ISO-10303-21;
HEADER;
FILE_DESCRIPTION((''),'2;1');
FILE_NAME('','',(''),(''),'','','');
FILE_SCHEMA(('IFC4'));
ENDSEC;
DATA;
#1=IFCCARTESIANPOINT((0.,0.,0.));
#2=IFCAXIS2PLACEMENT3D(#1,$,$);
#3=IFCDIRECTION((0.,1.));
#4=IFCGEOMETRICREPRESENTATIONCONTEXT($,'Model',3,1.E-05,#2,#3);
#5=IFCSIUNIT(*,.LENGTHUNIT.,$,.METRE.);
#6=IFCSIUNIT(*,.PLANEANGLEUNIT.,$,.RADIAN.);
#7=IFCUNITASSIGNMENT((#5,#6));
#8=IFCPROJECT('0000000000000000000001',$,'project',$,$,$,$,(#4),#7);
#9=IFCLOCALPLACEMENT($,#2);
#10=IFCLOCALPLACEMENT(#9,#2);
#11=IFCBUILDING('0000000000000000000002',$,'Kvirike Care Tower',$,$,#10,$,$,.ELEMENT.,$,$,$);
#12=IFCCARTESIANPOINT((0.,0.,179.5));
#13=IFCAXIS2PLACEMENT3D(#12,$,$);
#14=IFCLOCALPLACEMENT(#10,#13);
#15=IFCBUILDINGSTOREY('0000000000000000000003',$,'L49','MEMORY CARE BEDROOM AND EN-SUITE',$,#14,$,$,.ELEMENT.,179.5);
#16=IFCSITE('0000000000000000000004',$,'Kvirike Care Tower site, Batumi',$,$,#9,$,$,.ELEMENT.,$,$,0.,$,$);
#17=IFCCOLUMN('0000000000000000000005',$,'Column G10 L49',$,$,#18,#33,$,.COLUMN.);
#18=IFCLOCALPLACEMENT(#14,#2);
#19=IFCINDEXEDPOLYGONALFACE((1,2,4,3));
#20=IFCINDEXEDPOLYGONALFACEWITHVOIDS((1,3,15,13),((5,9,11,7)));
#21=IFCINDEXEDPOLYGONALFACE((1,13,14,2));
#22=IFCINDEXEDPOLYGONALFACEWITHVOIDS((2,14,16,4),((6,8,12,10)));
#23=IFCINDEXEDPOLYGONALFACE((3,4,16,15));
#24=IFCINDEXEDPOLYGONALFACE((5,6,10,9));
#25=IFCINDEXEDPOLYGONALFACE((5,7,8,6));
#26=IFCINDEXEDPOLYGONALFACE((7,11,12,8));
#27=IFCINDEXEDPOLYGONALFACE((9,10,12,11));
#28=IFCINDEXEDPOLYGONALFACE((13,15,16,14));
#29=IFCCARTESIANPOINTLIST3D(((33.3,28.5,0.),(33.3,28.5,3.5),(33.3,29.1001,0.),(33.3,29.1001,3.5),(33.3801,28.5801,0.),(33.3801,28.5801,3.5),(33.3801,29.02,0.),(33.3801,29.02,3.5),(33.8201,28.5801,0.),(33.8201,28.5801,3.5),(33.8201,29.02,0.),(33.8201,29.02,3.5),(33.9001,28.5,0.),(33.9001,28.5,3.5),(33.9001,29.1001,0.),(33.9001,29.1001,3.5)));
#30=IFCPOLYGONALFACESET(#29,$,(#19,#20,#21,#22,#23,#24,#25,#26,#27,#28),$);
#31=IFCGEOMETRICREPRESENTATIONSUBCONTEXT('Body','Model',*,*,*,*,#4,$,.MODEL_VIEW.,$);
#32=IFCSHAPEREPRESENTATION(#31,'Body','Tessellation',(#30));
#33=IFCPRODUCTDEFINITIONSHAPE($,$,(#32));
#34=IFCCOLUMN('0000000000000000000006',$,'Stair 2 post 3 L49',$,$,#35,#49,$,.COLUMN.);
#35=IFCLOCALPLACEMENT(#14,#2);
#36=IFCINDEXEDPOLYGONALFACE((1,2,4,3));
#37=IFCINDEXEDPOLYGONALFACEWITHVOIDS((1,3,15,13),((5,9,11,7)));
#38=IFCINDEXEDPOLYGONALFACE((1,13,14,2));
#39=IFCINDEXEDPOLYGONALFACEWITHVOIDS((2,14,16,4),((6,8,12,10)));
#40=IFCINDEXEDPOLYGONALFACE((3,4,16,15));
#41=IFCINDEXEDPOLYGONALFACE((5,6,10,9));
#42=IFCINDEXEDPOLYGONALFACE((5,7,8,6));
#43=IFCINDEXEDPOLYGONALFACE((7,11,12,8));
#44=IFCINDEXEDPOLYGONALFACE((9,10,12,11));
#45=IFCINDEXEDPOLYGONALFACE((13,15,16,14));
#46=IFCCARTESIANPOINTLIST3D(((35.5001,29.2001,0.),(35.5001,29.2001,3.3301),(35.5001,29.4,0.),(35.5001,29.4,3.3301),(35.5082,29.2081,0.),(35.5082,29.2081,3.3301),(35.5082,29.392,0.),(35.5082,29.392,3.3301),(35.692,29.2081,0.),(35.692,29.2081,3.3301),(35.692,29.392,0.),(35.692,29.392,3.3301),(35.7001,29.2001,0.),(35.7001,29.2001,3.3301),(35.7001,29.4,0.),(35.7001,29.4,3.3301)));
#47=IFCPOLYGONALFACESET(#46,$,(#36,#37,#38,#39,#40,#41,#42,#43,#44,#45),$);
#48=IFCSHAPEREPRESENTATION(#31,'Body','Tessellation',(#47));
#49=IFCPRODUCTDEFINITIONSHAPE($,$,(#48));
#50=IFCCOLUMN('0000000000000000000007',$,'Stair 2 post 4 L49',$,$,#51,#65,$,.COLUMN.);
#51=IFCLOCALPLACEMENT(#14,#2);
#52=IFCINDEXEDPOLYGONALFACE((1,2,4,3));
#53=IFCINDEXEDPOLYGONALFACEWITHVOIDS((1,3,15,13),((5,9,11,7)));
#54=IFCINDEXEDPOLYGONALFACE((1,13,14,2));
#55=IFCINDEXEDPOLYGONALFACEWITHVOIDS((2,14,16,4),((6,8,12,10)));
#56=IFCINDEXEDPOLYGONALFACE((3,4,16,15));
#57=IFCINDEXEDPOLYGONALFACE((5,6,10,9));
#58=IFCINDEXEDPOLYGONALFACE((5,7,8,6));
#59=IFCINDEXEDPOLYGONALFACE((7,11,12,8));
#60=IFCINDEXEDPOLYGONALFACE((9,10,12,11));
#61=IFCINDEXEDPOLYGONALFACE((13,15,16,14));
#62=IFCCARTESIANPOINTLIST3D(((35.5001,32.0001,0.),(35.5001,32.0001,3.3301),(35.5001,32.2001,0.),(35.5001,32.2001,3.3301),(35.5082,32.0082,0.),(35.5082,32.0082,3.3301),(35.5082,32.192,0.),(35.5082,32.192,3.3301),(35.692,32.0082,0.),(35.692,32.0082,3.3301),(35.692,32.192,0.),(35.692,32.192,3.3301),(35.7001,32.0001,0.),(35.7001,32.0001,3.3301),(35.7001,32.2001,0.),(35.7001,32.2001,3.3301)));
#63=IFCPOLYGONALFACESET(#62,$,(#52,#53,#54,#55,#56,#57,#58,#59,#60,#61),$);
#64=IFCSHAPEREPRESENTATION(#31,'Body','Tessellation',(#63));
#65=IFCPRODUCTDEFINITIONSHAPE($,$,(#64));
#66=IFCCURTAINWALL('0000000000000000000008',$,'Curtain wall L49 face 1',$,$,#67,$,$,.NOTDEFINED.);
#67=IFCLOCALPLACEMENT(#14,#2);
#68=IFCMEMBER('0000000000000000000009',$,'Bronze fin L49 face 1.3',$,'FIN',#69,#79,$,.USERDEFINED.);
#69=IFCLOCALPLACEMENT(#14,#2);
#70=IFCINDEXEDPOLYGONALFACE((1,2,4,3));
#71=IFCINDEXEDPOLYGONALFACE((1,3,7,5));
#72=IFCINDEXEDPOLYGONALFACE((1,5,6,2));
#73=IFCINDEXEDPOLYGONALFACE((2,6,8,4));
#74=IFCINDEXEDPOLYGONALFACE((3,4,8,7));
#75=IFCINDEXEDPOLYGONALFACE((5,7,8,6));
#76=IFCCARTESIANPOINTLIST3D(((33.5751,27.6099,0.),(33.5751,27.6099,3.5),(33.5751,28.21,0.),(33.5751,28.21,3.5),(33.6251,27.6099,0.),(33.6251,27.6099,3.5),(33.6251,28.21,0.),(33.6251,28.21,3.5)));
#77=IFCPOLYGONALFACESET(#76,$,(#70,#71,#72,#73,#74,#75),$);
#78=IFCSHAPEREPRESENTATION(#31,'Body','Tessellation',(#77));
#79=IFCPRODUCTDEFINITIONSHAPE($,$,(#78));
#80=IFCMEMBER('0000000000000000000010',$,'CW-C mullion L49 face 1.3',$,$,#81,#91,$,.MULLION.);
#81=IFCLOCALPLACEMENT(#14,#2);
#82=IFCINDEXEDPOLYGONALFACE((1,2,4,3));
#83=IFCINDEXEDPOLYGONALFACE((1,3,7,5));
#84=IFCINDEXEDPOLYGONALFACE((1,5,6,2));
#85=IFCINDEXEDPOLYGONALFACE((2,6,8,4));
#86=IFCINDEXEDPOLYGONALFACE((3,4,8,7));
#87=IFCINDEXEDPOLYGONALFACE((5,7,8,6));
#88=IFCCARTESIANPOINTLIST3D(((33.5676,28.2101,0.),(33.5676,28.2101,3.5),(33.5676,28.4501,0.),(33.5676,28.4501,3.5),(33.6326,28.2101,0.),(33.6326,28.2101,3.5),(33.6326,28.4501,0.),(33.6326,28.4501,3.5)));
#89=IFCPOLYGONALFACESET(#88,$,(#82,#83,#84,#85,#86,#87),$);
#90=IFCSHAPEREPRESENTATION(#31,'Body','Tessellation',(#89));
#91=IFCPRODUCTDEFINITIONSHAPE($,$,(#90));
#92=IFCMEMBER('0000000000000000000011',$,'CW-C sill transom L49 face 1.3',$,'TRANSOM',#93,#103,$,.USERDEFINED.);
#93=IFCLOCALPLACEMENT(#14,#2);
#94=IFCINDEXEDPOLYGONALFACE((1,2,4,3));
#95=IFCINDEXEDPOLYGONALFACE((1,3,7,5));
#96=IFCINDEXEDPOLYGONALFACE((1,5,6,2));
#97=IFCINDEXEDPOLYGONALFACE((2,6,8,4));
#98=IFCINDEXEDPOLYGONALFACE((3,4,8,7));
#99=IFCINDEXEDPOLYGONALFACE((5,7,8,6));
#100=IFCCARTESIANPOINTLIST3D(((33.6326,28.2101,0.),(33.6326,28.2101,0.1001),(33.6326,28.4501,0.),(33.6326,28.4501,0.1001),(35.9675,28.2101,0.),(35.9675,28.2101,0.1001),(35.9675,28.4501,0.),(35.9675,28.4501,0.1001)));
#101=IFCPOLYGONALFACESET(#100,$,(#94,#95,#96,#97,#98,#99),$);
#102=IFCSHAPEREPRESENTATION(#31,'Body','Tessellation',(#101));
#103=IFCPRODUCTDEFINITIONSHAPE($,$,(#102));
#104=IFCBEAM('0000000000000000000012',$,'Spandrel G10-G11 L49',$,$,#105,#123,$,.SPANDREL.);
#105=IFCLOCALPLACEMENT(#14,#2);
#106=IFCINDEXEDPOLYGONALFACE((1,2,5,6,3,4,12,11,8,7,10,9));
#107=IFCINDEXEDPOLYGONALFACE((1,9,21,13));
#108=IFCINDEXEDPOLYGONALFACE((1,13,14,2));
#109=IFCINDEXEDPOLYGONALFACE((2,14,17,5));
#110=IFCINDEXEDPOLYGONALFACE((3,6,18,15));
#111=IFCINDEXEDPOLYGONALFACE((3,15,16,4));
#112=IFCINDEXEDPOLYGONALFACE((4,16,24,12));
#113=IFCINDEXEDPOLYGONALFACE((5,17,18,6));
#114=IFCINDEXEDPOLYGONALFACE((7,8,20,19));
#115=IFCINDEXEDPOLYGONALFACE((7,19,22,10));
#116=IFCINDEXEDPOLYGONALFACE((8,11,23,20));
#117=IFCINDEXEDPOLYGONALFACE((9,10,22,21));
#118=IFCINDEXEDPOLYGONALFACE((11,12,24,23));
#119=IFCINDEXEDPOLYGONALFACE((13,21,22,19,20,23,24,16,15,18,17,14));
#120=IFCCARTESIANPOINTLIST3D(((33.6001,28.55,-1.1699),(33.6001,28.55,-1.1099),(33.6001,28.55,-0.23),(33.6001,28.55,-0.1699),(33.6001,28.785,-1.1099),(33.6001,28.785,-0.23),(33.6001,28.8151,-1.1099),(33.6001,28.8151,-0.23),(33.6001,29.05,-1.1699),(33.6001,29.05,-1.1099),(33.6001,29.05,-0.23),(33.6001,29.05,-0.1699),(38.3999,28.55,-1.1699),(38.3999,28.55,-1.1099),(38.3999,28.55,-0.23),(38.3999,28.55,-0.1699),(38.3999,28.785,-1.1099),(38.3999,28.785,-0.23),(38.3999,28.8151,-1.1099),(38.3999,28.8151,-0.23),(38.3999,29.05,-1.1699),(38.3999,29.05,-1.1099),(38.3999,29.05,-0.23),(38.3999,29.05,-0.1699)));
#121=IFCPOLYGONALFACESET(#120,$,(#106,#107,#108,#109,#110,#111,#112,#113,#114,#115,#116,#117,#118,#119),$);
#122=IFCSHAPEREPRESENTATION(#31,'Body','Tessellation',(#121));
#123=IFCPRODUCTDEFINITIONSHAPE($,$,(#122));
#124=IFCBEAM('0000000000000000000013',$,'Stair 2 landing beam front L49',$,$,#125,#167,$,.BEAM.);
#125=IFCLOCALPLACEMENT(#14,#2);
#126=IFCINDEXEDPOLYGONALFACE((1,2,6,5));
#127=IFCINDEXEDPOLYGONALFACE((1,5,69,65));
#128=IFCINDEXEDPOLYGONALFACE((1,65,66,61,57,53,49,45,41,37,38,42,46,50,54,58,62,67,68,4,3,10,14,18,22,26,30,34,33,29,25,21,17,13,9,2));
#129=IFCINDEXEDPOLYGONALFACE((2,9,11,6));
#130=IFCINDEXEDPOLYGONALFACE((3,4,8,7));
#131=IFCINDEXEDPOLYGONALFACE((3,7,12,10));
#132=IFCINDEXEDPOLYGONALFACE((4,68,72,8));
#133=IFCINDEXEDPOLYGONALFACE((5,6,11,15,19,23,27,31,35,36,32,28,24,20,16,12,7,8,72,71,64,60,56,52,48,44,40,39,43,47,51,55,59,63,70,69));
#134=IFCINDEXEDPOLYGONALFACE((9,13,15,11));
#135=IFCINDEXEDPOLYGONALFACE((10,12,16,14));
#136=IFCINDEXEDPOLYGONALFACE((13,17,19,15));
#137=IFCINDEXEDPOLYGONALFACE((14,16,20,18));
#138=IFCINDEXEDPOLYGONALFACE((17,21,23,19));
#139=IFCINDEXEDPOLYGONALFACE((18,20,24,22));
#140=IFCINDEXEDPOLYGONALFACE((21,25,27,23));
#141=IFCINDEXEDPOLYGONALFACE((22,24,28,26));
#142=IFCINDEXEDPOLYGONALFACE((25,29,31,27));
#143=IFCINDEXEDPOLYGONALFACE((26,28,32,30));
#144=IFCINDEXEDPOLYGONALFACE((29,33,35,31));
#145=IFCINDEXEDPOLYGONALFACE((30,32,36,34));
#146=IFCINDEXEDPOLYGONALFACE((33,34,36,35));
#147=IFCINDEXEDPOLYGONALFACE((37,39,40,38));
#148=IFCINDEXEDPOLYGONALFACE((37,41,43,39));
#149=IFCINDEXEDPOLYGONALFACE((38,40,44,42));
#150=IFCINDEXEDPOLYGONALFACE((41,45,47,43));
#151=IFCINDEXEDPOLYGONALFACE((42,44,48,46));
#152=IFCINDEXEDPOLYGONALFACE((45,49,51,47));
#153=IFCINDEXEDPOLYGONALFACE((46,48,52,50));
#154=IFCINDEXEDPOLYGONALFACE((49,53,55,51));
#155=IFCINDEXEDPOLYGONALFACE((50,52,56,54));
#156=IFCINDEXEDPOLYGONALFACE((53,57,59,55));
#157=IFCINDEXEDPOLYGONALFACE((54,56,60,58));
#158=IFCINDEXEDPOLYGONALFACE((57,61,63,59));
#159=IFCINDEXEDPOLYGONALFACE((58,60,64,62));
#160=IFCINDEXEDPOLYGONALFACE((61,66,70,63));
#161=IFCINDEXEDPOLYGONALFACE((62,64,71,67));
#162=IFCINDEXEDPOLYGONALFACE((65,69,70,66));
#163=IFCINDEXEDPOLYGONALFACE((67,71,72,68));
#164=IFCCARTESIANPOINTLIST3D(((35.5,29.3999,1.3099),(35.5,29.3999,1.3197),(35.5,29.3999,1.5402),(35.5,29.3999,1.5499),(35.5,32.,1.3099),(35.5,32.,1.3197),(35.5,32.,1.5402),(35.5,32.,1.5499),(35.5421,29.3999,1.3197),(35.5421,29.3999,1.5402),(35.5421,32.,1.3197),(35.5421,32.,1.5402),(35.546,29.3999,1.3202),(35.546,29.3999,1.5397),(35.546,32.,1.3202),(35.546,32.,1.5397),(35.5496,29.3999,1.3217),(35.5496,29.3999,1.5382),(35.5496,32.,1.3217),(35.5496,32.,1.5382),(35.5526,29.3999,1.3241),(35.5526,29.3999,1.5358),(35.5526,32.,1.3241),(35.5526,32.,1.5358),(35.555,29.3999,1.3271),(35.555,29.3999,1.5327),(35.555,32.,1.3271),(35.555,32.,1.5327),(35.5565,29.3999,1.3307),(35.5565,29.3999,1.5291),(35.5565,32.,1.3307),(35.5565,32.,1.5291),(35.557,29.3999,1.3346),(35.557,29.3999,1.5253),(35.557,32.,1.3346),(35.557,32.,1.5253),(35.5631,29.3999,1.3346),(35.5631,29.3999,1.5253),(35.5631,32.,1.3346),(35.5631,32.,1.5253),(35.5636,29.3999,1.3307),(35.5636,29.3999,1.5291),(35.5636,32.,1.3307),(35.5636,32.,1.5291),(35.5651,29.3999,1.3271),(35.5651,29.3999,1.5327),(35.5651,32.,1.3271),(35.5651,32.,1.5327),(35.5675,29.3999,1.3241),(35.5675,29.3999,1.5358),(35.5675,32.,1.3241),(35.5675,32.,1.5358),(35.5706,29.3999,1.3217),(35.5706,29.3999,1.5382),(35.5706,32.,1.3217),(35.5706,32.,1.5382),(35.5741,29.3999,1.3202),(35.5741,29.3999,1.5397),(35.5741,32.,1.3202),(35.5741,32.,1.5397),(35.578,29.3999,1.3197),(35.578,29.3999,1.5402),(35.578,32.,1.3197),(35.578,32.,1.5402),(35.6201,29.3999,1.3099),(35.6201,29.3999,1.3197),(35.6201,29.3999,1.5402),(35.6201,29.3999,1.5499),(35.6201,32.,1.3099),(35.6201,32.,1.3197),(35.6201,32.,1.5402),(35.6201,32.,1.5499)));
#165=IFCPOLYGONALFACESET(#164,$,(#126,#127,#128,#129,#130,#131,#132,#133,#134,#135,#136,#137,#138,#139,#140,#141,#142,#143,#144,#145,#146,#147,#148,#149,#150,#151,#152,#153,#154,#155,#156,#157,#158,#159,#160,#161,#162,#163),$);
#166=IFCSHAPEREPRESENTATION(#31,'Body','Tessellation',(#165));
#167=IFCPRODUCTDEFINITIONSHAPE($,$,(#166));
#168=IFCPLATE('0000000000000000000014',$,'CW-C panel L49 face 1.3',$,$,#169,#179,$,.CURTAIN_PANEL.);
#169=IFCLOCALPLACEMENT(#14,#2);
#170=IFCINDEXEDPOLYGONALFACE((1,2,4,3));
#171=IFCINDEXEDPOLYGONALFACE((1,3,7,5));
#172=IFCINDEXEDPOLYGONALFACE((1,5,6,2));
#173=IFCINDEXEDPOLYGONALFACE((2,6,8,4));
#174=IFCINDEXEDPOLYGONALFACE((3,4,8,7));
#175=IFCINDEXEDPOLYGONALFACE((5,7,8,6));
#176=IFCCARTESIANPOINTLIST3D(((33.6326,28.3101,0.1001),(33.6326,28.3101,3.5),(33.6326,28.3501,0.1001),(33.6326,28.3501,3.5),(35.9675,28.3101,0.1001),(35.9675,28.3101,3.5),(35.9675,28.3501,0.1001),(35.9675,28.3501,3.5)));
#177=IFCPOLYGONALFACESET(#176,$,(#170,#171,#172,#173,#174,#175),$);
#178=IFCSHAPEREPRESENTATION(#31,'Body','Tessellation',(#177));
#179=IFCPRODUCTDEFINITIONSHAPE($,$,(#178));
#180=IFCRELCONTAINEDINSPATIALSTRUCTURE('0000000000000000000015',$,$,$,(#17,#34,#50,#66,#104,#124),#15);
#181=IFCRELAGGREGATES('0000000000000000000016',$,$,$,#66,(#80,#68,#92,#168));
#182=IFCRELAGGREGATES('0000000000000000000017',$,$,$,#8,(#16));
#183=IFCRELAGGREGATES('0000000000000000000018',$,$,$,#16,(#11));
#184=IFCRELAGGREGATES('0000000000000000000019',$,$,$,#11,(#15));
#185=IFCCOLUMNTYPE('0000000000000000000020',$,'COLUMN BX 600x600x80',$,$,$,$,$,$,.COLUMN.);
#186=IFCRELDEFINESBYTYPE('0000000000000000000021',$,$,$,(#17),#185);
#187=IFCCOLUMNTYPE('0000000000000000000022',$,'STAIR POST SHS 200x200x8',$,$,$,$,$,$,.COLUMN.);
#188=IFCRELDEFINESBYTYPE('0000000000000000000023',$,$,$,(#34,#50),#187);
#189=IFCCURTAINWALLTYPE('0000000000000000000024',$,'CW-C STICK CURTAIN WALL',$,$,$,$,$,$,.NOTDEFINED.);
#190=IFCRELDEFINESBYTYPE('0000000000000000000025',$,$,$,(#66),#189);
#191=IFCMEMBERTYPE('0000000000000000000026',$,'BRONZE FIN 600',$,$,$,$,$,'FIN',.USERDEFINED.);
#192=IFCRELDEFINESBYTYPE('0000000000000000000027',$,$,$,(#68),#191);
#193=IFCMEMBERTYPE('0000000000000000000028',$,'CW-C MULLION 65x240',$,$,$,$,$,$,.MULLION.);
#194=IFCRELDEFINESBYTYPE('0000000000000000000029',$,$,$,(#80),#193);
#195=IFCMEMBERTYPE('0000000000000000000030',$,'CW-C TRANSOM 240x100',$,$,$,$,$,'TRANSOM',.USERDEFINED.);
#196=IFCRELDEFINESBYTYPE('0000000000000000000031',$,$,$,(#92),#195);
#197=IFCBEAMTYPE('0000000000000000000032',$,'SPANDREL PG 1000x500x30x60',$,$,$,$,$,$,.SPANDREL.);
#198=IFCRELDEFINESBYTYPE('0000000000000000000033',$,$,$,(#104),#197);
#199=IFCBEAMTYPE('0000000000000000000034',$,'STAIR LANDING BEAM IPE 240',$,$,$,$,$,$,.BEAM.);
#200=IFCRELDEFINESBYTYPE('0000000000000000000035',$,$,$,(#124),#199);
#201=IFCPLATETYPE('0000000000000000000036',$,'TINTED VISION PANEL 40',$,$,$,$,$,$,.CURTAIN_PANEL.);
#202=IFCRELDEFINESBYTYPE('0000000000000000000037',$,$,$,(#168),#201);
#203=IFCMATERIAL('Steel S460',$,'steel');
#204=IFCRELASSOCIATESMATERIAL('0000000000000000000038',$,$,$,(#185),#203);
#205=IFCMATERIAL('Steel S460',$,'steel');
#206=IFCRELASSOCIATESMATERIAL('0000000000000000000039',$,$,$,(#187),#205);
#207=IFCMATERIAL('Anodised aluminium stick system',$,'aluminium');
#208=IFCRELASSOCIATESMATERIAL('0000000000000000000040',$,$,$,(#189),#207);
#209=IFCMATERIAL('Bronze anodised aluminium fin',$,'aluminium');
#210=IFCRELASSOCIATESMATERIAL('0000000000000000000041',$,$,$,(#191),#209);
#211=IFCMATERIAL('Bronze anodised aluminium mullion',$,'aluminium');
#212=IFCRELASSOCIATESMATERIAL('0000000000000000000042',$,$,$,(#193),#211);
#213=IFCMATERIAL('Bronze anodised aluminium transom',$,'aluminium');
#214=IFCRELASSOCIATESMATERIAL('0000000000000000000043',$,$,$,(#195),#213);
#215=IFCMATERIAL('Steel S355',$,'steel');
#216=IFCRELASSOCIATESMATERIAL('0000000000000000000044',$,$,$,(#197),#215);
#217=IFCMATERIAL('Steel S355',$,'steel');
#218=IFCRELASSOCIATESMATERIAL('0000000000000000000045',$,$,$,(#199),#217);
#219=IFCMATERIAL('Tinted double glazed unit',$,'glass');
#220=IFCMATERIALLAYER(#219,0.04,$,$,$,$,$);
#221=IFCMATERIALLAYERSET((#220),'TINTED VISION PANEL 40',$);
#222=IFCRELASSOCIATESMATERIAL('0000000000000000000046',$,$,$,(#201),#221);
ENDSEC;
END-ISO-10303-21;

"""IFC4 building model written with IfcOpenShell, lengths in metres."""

from ifc_helpers import new_model, si_unit, direction, frame, origin, origin_2d, place, context, subcontext, project, spatial, rectangle, hollow_rectangle, i_section, extrude, material, layer, layer_set, material_profile, profile_set, type_object, element, aggregate, save


model = new_model("IFC4")

# Units and contexts
model_context = context("Model", 3, precision=1e-05, world=origin(), true_north=direction((0.0, 1.0)))
body_context = subcontext(model_context, "Body", "Model", "MODEL_VIEW")
ifc_project = project(units=[si_unit("LENGTHUNIT", "METRE"), si_unit("PLANEANGLEUNIT", "RADIAN")], contexts=[model_context])

# Site, building, storey
site_placement = place(None, origin())
site = spatial("IfcSite", under=ifc_project, at=site_placement, Name="Kvirike Care Tower site, Batumi", CompositionType="ELEMENT", RefElevation=0.0)
building_placement = place(site_placement, origin())
building = spatial("IfcBuilding", under=site, at=building_placement, Name="Kvirike Care Tower", CompositionType="ELEMENT")
storey_placement = place(building_placement, frame((0.0, 0.0, 179.5)))
storey = spatial("IfcBuildingStorey", under=building, at=storey_placement, Name="L49", Description="MEMORY CARE BEDROOM AND EN-SUITE", CompositionType="ELEMENT", Elevation=179.5)

# Columns
ifc_material_1 = material(Name="Steel S460", Category="steel")
ifc_material_profile_1 = material_profile(ifc_material_1, hollow_rectangle(XDim=0.6001, YDim=0.6001, WallThickness=0.0801, at=origin_2d()), Name="BX 600x600x80")
ifc_profile_set_1 = profile_set([ifc_material_profile_1], Name="Steel S460")
column_type_1 = type_object("IfcColumnType", Name="COLUMN BX 600x600x80", PredefinedType="COLUMN", material=ifc_profile_set_1)
column_placement = place(storey_placement, frame((33.6001, 28.8, 0.0), z_axis=(0.0, 0.0, 1.0), x_axis=(0.0, 1.0, 0.0)))
element("IfcColumn", 1, at=column_placement, inside=storey, type_object=column_type_1, Name="Column G10 L49", PredefinedType="COLUMN", context=body_context, shape_type="SweptSolid", body=[
    extrude(hollow_rectangle(XDim=0.6001, YDim=0.6001, WallThickness=0.0801, at=origin_2d()), origin(), (0.0, 0.0, 1.0), 3.5),
])
ifc_material_2 = material(Name="Steel S460", Category="steel")
ifc_material_profile_2 = material_profile(ifc_material_2, hollow_rectangle(XDim=0.2, YDim=0.2, WallThickness=0.0081, at=origin_2d()), Name="SHS 200x200x8")
ifc_profile_set_2 = profile_set([ifc_material_profile_2], Name="Steel S460")
column_type_2 = type_object("IfcColumnType", Name="STAIR POST SHS 200x200x8", PredefinedType="COLUMN", material=ifc_profile_set_2)
for number, where, z_axis, x_axis, name in (
    (2, (35.6001, 29.3, 0.0), (0.0, 0.0, 1.0), (1.0, 0.0, 0.0), "Stair 2 post 3 L49"),
    (3, (35.6001, 32.1001, 0.0), (0.0, 0.0, 1.0), (1.0, 0.0, 0.0), "Stair 2 post 4 L49"),
):
    element("IfcColumn", number, at=place(storey_placement, frame(where, z_axis=z_axis, x_axis=x_axis)), inside=storey, type_object=column_type_2, Name=name, PredefinedType="COLUMN", context=body_context, shape_type="SweptSolid", body=[
        extrude(hollow_rectangle(XDim=0.2, YDim=0.2, WallThickness=0.0081, at=origin_2d()), origin(), (0.0, 0.0, 1.0), 3.3301),
    ])

# Curtain wall, members
ifc_material_3 = material(Name="Anodised aluminium stick system", Category="aluminium")
curtain_wall_type = type_object("IfcCurtainWallType", Name="CW-C STICK CURTAIN WALL", PredefinedType="NOTDEFINED", material=ifc_material_3)
curtain_wall_placement = place(storey_placement, origin())
curtain_wall = element("IfcCurtainWall", 4, at=curtain_wall_placement, inside=storey, type_object=curtain_wall_type, Name="Curtain wall L49 face 1", PredefinedType="NOTDEFINED")
ifc_material_4 = material(Name="Bronze anodised aluminium fin", Category="aluminium")
ifc_material_profile_3 = material_profile(ifc_material_4, rectangle(XDim=0.05, YDim=0.6001, at=origin_2d()), Name="BRONZE FIN 600")
ifc_profile_set_3 = profile_set([ifc_material_profile_3], Name="Bronze anodised aluminium fin")
member_type_1 = type_object("IfcMemberType", Name="BRONZE FIN 600", ElementType="FIN", PredefinedType="USERDEFINED", material=ifc_profile_set_3)
member_1_placement = place(storey_placement, frame((33.6001, 27.9099, 0.0), z_axis=(0.0, 0.0, 1.0), x_axis=(1.0, 0.0, 0.0)))
member_1 = element("IfcMember", 5, at=member_1_placement, type_object=member_type_1, Name="Bronze fin L49 face 1.3", ObjectType="FIN", PredefinedType="USERDEFINED", context=body_context, shape_type="SweptSolid", body=[
    extrude(rectangle(XDim=0.05, YDim=0.6001, at=origin_2d()), origin(), (0.0, 0.0, 1.0), 3.5),
])
ifc_material_5 = material(Name="Bronze anodised aluminium mullion", Category="aluminium")
ifc_material_profile_4 = material_profile(ifc_material_5, rectangle(XDim=0.0649, YDim=0.24, at=origin_2d()), Name="CW-C MULLION 65x240")
ifc_profile_set_4 = profile_set([ifc_material_profile_4], Name="Bronze anodised aluminium mullion")
member_type_2 = type_object("IfcMemberType", Name="CW-C MULLION 65x240", PredefinedType="MULLION", material=ifc_profile_set_4)
member_2_placement = place(storey_placement, frame((33.6001, 28.3301, 0.0), z_axis=(0.0, 0.0, 1.0), x_axis=(1.0, 0.0, 0.0)))
member_2 = element("IfcMember", 6, at=member_2_placement, type_object=member_type_2, Name="CW-C mullion L49 face 1.3", PredefinedType="MULLION", context=body_context, shape_type="SweptSolid", body=[
    extrude(rectangle(XDim=0.0649, YDim=0.24, at=origin_2d()), origin(), (0.0, 0.0, 1.0), 3.5),
])
ifc_material_6 = material(Name="Bronze anodised aluminium transom", Category="aluminium")
ifc_material_profile_5 = material_profile(ifc_material_6, rectangle(XDim=0.24, YDim=0.1001, at=origin_2d()), Name="CW-C TRANSOM 240x100")
ifc_profile_set_5 = profile_set([ifc_material_profile_5], Name="Bronze anodised aluminium transom")
member_type_3 = type_object("IfcMemberType", Name="CW-C TRANSOM 240x100", ElementType="TRANSOM", PredefinedType="USERDEFINED", material=ifc_profile_set_5)
member_3_placement = place(storey_placement, frame((33.6326, 28.3301, 0.05), z_axis=(1.0, 0.0, 0.0), x_axis=(0.0, 1.0, 0.0)))
member_3 = element("IfcMember", 7, at=member_3_placement, type_object=member_type_3, Name="CW-C sill transom L49 face 1.3", ObjectType="TRANSOM", PredefinedType="USERDEFINED", context=body_context, shape_type="SweptSolid", body=[
    extrude(rectangle(XDim=0.24, YDim=0.1001, at=origin_2d()), origin(), (0.0, 0.0, 1.0), 2.335),
])

# Beams
ifc_material_7 = material(Name="Steel S355", Category="steel")
ifc_material_profile_6 = material_profile(ifc_material_7, i_section(OverallWidth=0.5, OverallDepth=1.0, WebThickness=0.03, FlangeThickness=0.0601, at=origin_2d()), Name="PG 1000x500x30x60")
ifc_profile_set_6 = profile_set([ifc_material_profile_6], Name="Steel S355")
beam_type_1 = type_object("IfcBeamType", Name="SPANDREL PG 1000x500x30x60", PredefinedType="SPANDREL", material=ifc_profile_set_6)
beam_1_placement = place(storey_placement, frame((33.6001, 28.8, -0.6699), z_axis=(1.0, 0.0, 0.0), x_axis=(0.0, 1.0, 0.0)))
element("IfcBeam", 8, at=beam_1_placement, inside=storey, type_object=beam_type_1, Name="Spandrel G10-G11 L49", PredefinedType="SPANDREL", context=body_context, shape_type="SweptSolid", body=[
    extrude(i_section(OverallWidth=0.5, OverallDepth=1.0, WebThickness=0.03, FlangeThickness=0.0601, at=origin_2d()), origin(), (0.0, 0.0, 1.0), 4.7998),
])
ifc_material_8 = material(Name="Steel S355", Category="steel")
ifc_material_profile_7 = material_profile(ifc_material_8, i_section(OverallWidth=0.1201, OverallDepth=0.24, WebThickness=0.0061, FlangeThickness=0.0098, FilletRadius=0.0149, at=origin_2d()), Name="IPE 240")
ifc_profile_set_7 = profile_set([ifc_material_profile_7], Name="Steel S355")
beam_type_2 = type_object("IfcBeamType", Name="STAIR LANDING BEAM IPE 240", PredefinedType="BEAM", material=ifc_profile_set_7)
beam_2_placement = place(storey_placement, frame((35.5601, 29.3999, 1.4299), z_axis=(0.0, 1.0, 0.0), x_axis=(-1.0, 0.0, 0.0)))
element("IfcBeam", 9, at=beam_2_placement, inside=storey, type_object=beam_type_2, Name="Stair 2 landing beam front L49", PredefinedType="BEAM", context=body_context, shape_type="SweptSolid", body=[
    extrude(i_section(OverallWidth=0.1201, OverallDepth=0.24, WebThickness=0.0061, FlangeThickness=0.0098, FilletRadius=0.0149, at=origin_2d()), origin(), (0.0, 0.0, 1.0), 2.6001),
])

# Plate
ifc_material_9 = material(Name="Tinted double glazed unit", Category="glass")
ifc_layer_1 = layer(ifc_material_9, 0.04)
ifc_layer_set_1 = layer_set([ifc_layer_1], Name="TINTED VISION PANEL 40")
plate_type = type_object("IfcPlateType", Name="TINTED VISION PANEL 40", PredefinedType="CURTAIN_PANEL", material=ifc_layer_set_1)
plate_placement = place(storey_placement, frame((34.8, 28.3301, 0.1001), z_axis=(0.0, 0.0, 1.0), x_axis=(1.0, 0.0, 0.0)))
plate = element("IfcPlate", 10, at=plate_placement, type_object=plate_type, Name="CW-C panel L49 face 1.3", PredefinedType="CURTAIN_PANEL", context=body_context, shape_type="SweptSolid", body=[
    extrude(rectangle(XDim=2.335, YDim=0.04, at=origin_2d()), origin(), (0.0, 0.0, 1.0), 3.3999),
])
aggregate(curtain_wall, [member_2, member_1, member_3, plate])

save(model, "model.ifc")
